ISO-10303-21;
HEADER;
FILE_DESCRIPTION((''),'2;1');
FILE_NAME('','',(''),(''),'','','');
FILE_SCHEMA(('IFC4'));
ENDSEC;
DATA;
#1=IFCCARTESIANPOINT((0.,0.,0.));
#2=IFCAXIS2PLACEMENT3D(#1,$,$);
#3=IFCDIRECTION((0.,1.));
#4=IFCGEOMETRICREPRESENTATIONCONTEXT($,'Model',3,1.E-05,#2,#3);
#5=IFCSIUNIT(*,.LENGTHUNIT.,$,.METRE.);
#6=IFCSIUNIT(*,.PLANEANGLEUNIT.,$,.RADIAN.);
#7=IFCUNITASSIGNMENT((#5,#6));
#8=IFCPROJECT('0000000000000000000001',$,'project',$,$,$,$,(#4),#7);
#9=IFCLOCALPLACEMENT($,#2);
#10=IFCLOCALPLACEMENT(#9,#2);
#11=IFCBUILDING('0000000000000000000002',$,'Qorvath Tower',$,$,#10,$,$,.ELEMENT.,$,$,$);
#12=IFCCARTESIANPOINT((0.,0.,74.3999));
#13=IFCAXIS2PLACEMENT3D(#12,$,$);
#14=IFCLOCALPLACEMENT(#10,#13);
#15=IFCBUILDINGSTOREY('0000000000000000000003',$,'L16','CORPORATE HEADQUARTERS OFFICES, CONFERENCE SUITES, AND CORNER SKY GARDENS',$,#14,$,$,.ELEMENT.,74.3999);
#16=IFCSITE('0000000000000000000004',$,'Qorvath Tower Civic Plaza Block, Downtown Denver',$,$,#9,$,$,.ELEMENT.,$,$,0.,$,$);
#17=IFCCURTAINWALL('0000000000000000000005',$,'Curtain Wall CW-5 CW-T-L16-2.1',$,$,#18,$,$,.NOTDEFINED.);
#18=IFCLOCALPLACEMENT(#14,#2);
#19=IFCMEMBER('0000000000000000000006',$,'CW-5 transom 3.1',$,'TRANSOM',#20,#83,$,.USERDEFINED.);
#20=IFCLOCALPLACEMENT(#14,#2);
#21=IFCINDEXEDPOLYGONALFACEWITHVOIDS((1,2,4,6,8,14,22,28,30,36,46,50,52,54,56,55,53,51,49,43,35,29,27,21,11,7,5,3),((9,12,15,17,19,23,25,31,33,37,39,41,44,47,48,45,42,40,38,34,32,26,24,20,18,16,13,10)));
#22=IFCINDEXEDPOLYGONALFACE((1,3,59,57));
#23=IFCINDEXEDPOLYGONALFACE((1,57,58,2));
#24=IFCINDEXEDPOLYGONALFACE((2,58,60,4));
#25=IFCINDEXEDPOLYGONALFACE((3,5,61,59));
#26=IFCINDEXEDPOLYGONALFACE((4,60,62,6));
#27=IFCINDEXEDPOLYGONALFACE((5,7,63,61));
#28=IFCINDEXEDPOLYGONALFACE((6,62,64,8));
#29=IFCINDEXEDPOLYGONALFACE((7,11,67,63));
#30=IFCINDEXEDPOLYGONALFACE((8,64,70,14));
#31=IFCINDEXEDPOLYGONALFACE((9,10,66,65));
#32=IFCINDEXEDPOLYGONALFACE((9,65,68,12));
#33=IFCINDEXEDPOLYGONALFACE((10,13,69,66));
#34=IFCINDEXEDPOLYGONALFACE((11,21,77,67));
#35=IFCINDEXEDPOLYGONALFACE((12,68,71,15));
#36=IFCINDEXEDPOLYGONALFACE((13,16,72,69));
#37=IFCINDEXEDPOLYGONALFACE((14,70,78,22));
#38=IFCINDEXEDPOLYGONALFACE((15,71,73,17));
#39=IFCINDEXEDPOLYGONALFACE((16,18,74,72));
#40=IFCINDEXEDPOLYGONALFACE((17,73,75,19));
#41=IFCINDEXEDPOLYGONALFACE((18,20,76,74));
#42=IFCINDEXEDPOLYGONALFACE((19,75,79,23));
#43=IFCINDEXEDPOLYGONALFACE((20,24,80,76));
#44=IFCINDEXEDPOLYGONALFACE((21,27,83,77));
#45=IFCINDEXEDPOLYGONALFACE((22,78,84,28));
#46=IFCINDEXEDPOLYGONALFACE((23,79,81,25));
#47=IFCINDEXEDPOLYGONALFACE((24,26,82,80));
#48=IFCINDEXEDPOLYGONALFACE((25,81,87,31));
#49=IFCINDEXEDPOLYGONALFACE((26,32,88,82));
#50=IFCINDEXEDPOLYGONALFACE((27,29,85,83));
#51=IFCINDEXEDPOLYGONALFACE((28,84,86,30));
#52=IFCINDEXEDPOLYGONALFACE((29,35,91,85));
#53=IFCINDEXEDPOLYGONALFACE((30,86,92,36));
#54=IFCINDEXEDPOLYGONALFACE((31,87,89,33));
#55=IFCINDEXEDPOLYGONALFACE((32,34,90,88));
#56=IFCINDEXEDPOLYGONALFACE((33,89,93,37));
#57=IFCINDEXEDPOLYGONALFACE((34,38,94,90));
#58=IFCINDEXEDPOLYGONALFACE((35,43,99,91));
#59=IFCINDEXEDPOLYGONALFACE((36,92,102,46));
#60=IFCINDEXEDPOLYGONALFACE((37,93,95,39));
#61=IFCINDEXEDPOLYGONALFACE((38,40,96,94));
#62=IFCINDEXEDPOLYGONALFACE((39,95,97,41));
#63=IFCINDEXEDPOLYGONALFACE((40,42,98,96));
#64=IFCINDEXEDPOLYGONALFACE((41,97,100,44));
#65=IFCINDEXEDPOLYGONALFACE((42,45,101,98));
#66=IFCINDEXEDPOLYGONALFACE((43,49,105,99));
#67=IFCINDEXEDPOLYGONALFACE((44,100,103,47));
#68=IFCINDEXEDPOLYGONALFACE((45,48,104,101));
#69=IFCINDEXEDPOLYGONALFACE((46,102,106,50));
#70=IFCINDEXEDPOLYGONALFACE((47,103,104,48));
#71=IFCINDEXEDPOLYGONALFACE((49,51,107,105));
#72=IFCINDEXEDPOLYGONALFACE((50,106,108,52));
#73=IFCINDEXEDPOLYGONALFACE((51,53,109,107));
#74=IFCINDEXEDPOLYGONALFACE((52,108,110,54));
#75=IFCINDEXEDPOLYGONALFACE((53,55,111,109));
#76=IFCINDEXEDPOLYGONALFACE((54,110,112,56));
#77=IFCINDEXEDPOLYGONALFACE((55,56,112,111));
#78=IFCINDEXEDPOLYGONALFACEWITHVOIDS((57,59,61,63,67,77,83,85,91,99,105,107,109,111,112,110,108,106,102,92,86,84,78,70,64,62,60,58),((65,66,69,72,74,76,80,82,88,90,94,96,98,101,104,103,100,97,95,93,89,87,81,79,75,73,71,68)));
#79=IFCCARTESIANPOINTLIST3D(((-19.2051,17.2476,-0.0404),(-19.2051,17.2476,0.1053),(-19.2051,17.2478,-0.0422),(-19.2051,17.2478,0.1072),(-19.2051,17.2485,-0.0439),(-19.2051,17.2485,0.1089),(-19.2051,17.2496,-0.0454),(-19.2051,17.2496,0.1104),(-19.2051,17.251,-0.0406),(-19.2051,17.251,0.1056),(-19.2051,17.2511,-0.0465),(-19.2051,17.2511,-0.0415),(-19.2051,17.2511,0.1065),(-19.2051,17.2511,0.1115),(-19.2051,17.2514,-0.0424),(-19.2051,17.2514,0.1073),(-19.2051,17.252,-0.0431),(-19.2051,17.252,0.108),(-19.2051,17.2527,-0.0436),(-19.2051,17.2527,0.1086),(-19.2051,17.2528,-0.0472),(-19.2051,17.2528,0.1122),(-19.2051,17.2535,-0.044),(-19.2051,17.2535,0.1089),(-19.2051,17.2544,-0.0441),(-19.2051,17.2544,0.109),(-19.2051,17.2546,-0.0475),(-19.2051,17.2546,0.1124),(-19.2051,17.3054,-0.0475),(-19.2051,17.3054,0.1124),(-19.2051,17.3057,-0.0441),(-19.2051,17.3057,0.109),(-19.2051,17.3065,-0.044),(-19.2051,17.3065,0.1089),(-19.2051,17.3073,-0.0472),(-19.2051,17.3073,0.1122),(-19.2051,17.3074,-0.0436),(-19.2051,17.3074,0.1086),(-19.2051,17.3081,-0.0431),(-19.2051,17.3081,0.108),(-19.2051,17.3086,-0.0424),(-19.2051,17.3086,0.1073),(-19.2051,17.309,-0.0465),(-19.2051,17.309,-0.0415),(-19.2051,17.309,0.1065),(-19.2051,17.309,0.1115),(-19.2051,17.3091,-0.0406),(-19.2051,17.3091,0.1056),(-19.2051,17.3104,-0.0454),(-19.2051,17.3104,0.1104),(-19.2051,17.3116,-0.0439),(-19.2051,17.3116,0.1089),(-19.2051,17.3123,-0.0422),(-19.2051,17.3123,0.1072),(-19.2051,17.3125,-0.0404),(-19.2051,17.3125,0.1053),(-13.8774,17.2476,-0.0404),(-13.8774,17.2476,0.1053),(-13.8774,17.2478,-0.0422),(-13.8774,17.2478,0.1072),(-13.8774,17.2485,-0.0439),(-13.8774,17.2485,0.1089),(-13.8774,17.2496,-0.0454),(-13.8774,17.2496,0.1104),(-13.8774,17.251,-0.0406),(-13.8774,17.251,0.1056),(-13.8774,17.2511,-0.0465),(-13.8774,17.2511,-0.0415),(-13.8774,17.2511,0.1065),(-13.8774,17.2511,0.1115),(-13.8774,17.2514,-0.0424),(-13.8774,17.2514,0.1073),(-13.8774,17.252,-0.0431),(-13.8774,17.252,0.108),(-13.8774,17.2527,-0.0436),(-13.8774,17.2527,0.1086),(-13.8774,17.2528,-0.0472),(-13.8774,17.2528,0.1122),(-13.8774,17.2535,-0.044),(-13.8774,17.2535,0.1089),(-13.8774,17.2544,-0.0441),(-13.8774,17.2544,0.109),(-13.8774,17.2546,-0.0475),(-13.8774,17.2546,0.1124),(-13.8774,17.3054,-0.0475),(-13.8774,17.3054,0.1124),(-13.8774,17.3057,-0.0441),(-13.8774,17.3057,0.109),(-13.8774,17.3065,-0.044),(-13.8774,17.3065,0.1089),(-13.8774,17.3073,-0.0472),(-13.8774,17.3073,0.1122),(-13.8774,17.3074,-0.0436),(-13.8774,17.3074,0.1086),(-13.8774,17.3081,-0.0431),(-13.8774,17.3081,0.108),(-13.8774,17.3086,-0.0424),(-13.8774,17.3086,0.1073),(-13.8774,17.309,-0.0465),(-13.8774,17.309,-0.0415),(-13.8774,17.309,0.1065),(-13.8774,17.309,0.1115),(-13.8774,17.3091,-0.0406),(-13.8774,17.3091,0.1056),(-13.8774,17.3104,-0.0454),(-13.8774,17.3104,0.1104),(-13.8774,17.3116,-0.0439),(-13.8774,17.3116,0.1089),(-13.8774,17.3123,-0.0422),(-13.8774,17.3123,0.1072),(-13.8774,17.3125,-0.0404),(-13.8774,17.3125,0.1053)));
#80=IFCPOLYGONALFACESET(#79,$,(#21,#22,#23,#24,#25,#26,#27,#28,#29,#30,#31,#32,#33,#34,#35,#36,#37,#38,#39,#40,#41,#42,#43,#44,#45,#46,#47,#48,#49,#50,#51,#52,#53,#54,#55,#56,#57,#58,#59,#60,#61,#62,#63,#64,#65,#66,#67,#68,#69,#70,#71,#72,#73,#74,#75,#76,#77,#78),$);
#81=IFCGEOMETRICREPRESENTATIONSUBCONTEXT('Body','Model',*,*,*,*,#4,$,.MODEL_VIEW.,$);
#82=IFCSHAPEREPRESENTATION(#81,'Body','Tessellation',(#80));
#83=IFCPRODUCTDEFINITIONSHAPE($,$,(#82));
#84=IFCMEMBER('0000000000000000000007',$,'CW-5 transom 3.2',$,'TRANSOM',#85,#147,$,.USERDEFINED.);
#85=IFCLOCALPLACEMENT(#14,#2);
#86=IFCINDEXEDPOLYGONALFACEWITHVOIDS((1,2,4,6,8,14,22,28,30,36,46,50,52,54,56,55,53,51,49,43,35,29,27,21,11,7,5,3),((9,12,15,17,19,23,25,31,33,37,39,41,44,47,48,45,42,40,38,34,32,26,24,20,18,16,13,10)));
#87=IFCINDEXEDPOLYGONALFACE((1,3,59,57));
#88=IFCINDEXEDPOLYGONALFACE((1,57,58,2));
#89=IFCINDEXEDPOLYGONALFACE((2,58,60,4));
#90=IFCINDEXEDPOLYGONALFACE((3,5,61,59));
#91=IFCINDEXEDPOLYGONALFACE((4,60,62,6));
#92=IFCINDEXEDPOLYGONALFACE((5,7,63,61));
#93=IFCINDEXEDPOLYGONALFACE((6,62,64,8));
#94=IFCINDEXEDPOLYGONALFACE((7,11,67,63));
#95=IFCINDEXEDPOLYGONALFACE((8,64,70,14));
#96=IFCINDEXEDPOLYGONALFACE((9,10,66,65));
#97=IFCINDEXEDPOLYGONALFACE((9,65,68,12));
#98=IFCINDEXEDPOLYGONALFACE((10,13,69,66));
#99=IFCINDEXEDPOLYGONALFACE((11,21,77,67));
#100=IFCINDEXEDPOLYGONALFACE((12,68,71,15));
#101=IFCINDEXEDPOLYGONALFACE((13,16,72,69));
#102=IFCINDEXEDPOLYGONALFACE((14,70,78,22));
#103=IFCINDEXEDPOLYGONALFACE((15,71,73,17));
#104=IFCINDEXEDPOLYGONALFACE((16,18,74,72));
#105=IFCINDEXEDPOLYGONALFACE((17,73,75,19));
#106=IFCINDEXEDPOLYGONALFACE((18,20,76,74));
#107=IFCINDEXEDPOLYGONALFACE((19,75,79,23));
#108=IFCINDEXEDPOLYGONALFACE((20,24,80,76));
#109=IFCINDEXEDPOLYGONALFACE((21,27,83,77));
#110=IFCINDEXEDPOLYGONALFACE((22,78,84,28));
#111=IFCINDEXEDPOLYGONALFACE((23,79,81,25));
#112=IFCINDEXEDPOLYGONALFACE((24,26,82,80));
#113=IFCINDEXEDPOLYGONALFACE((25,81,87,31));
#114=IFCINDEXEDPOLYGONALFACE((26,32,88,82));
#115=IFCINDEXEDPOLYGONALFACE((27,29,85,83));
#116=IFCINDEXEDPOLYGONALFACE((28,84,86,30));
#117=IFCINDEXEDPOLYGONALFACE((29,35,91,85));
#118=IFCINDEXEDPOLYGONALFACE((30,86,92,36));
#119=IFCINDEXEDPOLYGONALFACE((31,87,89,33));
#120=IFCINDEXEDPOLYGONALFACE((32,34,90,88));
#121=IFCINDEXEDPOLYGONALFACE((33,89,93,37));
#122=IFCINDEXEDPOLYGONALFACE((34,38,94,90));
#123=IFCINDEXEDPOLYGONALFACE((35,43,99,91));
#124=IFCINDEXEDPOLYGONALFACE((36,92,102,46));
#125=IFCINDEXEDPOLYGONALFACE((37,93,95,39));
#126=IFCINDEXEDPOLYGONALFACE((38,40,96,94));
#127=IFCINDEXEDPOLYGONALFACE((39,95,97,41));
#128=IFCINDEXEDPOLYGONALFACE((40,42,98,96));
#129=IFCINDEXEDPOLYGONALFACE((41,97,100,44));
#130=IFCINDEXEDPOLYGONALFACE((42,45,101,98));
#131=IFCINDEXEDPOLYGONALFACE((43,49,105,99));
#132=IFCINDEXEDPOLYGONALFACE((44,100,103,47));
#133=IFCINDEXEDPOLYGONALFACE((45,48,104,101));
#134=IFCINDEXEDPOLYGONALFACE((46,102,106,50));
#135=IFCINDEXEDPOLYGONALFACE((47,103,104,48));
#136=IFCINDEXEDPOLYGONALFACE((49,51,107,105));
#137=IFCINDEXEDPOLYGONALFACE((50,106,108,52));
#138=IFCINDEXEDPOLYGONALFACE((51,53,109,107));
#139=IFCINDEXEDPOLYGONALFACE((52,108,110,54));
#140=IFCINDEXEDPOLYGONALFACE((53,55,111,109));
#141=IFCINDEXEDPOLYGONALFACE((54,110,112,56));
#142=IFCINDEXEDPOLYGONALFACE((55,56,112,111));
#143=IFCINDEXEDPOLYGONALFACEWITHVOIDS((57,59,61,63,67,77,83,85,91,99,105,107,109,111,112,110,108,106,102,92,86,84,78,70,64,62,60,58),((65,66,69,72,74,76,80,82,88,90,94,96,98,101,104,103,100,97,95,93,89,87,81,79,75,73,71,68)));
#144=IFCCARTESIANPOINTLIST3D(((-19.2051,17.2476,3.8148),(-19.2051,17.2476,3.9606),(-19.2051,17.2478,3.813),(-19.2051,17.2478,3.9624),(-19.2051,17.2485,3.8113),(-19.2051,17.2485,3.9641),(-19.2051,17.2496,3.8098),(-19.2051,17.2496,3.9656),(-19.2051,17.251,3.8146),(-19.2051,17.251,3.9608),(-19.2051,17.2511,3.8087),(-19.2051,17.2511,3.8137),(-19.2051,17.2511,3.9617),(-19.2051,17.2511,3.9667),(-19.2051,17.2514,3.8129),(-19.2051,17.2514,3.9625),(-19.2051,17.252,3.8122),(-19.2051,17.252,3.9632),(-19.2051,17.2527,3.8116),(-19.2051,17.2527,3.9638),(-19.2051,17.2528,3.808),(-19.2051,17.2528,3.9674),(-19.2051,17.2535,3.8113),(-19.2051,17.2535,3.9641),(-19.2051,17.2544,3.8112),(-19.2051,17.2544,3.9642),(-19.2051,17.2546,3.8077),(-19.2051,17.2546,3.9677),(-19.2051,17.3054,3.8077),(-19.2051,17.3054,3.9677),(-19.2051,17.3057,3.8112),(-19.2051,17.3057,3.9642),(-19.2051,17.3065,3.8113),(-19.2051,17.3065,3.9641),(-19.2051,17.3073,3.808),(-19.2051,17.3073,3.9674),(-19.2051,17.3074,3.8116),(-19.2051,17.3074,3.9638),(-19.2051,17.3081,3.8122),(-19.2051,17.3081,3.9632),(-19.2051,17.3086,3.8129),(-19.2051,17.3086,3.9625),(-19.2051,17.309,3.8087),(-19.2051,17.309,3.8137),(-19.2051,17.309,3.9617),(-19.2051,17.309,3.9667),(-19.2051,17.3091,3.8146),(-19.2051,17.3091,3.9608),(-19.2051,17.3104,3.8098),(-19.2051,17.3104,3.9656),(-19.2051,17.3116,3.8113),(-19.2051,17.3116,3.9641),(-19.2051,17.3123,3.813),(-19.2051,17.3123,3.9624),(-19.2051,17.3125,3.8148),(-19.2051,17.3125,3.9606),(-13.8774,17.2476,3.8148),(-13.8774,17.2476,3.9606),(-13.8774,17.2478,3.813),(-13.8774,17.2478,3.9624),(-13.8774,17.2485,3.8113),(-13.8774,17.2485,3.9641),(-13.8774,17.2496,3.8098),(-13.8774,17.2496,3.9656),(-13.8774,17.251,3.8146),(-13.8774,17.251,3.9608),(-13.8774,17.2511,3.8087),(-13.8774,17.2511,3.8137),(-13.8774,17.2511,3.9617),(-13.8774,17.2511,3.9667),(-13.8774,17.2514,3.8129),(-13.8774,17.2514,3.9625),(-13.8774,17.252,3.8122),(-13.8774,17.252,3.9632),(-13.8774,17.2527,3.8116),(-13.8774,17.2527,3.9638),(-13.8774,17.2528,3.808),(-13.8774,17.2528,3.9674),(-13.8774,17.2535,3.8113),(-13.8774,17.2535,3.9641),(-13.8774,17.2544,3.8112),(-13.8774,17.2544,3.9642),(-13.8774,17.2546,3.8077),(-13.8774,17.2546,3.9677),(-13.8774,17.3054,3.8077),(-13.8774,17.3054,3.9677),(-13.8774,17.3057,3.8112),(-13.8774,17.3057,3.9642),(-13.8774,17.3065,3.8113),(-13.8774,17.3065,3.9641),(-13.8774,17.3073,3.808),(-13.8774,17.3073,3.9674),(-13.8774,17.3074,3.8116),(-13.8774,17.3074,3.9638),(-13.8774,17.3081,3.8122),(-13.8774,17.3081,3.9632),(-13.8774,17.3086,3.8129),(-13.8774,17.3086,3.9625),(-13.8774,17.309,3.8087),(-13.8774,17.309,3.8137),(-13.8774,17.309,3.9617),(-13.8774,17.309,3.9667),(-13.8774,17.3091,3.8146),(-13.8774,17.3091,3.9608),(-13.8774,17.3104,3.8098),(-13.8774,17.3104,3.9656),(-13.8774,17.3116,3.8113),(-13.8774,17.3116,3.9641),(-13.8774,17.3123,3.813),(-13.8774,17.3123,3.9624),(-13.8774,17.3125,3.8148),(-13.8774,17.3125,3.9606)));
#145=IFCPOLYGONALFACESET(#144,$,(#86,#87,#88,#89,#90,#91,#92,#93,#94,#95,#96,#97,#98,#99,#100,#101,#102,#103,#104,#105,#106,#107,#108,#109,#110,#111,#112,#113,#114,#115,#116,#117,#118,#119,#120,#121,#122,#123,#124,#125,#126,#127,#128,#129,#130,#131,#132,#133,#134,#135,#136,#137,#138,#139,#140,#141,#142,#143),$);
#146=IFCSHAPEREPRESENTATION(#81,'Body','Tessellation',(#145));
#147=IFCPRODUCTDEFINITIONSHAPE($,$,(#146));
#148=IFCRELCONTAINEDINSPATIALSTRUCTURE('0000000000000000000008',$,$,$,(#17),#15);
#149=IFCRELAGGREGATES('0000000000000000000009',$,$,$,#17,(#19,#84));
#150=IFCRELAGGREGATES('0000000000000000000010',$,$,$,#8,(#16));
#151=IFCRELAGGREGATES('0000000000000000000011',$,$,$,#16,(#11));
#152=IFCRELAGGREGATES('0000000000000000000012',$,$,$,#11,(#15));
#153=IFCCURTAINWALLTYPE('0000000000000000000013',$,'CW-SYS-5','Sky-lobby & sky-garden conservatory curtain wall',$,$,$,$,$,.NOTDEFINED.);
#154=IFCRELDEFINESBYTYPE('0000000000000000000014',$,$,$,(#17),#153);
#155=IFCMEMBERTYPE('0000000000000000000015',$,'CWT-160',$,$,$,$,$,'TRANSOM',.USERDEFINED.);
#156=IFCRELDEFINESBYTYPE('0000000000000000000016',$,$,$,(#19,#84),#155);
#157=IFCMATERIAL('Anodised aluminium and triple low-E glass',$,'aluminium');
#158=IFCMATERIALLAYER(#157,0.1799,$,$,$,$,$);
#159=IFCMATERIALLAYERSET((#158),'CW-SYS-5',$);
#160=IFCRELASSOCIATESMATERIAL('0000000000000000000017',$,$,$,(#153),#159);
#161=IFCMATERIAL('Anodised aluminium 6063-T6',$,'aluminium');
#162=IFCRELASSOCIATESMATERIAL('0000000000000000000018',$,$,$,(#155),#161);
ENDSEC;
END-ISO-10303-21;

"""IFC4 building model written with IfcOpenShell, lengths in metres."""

from ifc_helpers import new_model, si_unit, direction, frame, origin, origin_2d, place, context, subcontext, project, spatial, hollow_rectangle, extrude, material, layer, layer_set, material_profile, profile_set, type_object, element, aggregate, save


model = new_model("IFC4")

# Units and contexts
model_context = context("Model", 3, precision=1e-05, world=origin(), true_north=direction((0.0, 1.0)))
body_context = subcontext(model_context, "Body", "Model", "MODEL_VIEW")
ifc_project = project(units=[si_unit("LENGTHUNIT", "METRE"), si_unit("PLANEANGLEUNIT", "RADIAN")], contexts=[model_context])

# Site, building, storey
site_placement = place(None, origin())
site = spatial("IfcSite", under=ifc_project, at=site_placement, Name="Qorvath Tower Civic Plaza Block, Downtown Denver", CompositionType="ELEMENT", RefElevation=0.0)
building_placement = place(site_placement, origin())
building = spatial("IfcBuilding", under=site, at=building_placement, Name="Qorvath Tower", CompositionType="ELEMENT")
storey_placement = place(building_placement, frame((0.0, 0.0, 74.3999)))
storey = spatial("IfcBuildingStorey", under=building, at=storey_placement, Name="L16", Description="CORPORATE HEADQUARTERS OFFICES, CONFERENCE SUITES, AND CORNER SKY GARDENS", CompositionType="ELEMENT", Elevation=74.3999)

# Curtain wall
ifc_material_1 = material(Name="Anodised aluminium and triple low-E glass", Category="aluminium")
ifc_layer_1 = layer(ifc_material_1, 0.1799)
ifc_layer_set_1 = layer_set([ifc_layer_1], Name="CW-SYS-5")
curtain_wall_type = type_object("IfcCurtainWallType", Name="CW-SYS-5", Description="Sky-lobby & sky-garden conservatory curtain wall", PredefinedType="NOTDEFINED", material=ifc_layer_set_1)
curtain_wall_1_placement = place(storey_placement, origin())
curtain_wall_1 = element("IfcCurtainWall", 1, at=curtain_wall_1_placement, inside=storey, type_object=curtain_wall_type, Name="Curtain Wall CW-5 CW-T-L16-2.1", PredefinedType="NOTDEFINED")

# Members
ifc_material_2 = material(Name="Anodised aluminium 6063-T6", Category="aluminium")
ifc_material_profile_1 = material_profile(ifc_material_2, hollow_rectangle(XDim=0.0649, YDim=0.1599, WallThickness=0.0034, InnerFilletRadius=0.0034, OuterFilletRadius=0.0071, at=origin_2d()), Name="CWT 160x65")
ifc_profile_set_1 = profile_set([ifc_material_profile_1], Name="Anodised aluminium 6063-T6")
member_type_1 = type_object("IfcMemberType", Name="CWT-160", ElementType="TRANSOM", PredefinedType="USERDEFINED", material=ifc_profile_set_1)
member_1_placement = place(storey_placement, frame((-13.8774, 17.28, 0.0325), z_axis=(-1.0, 0.0, 0.0), x_axis=(0.0, -1.0, 0.0)))
member_1 = element("IfcMember", 2, at=member_1_placement, type_object=member_type_1, Name="CW-5 transom 3.1", ObjectType="TRANSOM", PredefinedType="USERDEFINED", context=body_context, shape_type="SweptSolid", body=[
    extrude(hollow_rectangle(XDim=0.0649, YDim=0.1599, WallThickness=0.0034, InnerFilletRadius=0.0034, OuterFilletRadius=0.0071, at=origin_2d()), origin(), (0.0, 0.0, 1.0), 5.3276),
])
member_2_placement = place(storey_placement, frame((-13.8774, 17.28, 3.8877), z_axis=(-1.0, 0.0, 0.0), x_axis=(0.0, -1.0, 0.0)))
member_2 = element("IfcMember", 3, at=member_2_placement, type_object=member_type_1, Name="CW-5 transom 3.2", ObjectType="TRANSOM", PredefinedType="USERDEFINED", context=body_context, shape_type="SweptSolid", body=[
    extrude(hollow_rectangle(XDim=0.0649, YDim=0.1599, WallThickness=0.0034, InnerFilletRadius=0.0034, OuterFilletRadius=0.0071, at=origin_2d()), origin(), (0.0, 0.0, 1.0), 5.3276),
])

aggregate(curtain_wall_1, [member_1, member_2])

save(model, "model.ifc")
